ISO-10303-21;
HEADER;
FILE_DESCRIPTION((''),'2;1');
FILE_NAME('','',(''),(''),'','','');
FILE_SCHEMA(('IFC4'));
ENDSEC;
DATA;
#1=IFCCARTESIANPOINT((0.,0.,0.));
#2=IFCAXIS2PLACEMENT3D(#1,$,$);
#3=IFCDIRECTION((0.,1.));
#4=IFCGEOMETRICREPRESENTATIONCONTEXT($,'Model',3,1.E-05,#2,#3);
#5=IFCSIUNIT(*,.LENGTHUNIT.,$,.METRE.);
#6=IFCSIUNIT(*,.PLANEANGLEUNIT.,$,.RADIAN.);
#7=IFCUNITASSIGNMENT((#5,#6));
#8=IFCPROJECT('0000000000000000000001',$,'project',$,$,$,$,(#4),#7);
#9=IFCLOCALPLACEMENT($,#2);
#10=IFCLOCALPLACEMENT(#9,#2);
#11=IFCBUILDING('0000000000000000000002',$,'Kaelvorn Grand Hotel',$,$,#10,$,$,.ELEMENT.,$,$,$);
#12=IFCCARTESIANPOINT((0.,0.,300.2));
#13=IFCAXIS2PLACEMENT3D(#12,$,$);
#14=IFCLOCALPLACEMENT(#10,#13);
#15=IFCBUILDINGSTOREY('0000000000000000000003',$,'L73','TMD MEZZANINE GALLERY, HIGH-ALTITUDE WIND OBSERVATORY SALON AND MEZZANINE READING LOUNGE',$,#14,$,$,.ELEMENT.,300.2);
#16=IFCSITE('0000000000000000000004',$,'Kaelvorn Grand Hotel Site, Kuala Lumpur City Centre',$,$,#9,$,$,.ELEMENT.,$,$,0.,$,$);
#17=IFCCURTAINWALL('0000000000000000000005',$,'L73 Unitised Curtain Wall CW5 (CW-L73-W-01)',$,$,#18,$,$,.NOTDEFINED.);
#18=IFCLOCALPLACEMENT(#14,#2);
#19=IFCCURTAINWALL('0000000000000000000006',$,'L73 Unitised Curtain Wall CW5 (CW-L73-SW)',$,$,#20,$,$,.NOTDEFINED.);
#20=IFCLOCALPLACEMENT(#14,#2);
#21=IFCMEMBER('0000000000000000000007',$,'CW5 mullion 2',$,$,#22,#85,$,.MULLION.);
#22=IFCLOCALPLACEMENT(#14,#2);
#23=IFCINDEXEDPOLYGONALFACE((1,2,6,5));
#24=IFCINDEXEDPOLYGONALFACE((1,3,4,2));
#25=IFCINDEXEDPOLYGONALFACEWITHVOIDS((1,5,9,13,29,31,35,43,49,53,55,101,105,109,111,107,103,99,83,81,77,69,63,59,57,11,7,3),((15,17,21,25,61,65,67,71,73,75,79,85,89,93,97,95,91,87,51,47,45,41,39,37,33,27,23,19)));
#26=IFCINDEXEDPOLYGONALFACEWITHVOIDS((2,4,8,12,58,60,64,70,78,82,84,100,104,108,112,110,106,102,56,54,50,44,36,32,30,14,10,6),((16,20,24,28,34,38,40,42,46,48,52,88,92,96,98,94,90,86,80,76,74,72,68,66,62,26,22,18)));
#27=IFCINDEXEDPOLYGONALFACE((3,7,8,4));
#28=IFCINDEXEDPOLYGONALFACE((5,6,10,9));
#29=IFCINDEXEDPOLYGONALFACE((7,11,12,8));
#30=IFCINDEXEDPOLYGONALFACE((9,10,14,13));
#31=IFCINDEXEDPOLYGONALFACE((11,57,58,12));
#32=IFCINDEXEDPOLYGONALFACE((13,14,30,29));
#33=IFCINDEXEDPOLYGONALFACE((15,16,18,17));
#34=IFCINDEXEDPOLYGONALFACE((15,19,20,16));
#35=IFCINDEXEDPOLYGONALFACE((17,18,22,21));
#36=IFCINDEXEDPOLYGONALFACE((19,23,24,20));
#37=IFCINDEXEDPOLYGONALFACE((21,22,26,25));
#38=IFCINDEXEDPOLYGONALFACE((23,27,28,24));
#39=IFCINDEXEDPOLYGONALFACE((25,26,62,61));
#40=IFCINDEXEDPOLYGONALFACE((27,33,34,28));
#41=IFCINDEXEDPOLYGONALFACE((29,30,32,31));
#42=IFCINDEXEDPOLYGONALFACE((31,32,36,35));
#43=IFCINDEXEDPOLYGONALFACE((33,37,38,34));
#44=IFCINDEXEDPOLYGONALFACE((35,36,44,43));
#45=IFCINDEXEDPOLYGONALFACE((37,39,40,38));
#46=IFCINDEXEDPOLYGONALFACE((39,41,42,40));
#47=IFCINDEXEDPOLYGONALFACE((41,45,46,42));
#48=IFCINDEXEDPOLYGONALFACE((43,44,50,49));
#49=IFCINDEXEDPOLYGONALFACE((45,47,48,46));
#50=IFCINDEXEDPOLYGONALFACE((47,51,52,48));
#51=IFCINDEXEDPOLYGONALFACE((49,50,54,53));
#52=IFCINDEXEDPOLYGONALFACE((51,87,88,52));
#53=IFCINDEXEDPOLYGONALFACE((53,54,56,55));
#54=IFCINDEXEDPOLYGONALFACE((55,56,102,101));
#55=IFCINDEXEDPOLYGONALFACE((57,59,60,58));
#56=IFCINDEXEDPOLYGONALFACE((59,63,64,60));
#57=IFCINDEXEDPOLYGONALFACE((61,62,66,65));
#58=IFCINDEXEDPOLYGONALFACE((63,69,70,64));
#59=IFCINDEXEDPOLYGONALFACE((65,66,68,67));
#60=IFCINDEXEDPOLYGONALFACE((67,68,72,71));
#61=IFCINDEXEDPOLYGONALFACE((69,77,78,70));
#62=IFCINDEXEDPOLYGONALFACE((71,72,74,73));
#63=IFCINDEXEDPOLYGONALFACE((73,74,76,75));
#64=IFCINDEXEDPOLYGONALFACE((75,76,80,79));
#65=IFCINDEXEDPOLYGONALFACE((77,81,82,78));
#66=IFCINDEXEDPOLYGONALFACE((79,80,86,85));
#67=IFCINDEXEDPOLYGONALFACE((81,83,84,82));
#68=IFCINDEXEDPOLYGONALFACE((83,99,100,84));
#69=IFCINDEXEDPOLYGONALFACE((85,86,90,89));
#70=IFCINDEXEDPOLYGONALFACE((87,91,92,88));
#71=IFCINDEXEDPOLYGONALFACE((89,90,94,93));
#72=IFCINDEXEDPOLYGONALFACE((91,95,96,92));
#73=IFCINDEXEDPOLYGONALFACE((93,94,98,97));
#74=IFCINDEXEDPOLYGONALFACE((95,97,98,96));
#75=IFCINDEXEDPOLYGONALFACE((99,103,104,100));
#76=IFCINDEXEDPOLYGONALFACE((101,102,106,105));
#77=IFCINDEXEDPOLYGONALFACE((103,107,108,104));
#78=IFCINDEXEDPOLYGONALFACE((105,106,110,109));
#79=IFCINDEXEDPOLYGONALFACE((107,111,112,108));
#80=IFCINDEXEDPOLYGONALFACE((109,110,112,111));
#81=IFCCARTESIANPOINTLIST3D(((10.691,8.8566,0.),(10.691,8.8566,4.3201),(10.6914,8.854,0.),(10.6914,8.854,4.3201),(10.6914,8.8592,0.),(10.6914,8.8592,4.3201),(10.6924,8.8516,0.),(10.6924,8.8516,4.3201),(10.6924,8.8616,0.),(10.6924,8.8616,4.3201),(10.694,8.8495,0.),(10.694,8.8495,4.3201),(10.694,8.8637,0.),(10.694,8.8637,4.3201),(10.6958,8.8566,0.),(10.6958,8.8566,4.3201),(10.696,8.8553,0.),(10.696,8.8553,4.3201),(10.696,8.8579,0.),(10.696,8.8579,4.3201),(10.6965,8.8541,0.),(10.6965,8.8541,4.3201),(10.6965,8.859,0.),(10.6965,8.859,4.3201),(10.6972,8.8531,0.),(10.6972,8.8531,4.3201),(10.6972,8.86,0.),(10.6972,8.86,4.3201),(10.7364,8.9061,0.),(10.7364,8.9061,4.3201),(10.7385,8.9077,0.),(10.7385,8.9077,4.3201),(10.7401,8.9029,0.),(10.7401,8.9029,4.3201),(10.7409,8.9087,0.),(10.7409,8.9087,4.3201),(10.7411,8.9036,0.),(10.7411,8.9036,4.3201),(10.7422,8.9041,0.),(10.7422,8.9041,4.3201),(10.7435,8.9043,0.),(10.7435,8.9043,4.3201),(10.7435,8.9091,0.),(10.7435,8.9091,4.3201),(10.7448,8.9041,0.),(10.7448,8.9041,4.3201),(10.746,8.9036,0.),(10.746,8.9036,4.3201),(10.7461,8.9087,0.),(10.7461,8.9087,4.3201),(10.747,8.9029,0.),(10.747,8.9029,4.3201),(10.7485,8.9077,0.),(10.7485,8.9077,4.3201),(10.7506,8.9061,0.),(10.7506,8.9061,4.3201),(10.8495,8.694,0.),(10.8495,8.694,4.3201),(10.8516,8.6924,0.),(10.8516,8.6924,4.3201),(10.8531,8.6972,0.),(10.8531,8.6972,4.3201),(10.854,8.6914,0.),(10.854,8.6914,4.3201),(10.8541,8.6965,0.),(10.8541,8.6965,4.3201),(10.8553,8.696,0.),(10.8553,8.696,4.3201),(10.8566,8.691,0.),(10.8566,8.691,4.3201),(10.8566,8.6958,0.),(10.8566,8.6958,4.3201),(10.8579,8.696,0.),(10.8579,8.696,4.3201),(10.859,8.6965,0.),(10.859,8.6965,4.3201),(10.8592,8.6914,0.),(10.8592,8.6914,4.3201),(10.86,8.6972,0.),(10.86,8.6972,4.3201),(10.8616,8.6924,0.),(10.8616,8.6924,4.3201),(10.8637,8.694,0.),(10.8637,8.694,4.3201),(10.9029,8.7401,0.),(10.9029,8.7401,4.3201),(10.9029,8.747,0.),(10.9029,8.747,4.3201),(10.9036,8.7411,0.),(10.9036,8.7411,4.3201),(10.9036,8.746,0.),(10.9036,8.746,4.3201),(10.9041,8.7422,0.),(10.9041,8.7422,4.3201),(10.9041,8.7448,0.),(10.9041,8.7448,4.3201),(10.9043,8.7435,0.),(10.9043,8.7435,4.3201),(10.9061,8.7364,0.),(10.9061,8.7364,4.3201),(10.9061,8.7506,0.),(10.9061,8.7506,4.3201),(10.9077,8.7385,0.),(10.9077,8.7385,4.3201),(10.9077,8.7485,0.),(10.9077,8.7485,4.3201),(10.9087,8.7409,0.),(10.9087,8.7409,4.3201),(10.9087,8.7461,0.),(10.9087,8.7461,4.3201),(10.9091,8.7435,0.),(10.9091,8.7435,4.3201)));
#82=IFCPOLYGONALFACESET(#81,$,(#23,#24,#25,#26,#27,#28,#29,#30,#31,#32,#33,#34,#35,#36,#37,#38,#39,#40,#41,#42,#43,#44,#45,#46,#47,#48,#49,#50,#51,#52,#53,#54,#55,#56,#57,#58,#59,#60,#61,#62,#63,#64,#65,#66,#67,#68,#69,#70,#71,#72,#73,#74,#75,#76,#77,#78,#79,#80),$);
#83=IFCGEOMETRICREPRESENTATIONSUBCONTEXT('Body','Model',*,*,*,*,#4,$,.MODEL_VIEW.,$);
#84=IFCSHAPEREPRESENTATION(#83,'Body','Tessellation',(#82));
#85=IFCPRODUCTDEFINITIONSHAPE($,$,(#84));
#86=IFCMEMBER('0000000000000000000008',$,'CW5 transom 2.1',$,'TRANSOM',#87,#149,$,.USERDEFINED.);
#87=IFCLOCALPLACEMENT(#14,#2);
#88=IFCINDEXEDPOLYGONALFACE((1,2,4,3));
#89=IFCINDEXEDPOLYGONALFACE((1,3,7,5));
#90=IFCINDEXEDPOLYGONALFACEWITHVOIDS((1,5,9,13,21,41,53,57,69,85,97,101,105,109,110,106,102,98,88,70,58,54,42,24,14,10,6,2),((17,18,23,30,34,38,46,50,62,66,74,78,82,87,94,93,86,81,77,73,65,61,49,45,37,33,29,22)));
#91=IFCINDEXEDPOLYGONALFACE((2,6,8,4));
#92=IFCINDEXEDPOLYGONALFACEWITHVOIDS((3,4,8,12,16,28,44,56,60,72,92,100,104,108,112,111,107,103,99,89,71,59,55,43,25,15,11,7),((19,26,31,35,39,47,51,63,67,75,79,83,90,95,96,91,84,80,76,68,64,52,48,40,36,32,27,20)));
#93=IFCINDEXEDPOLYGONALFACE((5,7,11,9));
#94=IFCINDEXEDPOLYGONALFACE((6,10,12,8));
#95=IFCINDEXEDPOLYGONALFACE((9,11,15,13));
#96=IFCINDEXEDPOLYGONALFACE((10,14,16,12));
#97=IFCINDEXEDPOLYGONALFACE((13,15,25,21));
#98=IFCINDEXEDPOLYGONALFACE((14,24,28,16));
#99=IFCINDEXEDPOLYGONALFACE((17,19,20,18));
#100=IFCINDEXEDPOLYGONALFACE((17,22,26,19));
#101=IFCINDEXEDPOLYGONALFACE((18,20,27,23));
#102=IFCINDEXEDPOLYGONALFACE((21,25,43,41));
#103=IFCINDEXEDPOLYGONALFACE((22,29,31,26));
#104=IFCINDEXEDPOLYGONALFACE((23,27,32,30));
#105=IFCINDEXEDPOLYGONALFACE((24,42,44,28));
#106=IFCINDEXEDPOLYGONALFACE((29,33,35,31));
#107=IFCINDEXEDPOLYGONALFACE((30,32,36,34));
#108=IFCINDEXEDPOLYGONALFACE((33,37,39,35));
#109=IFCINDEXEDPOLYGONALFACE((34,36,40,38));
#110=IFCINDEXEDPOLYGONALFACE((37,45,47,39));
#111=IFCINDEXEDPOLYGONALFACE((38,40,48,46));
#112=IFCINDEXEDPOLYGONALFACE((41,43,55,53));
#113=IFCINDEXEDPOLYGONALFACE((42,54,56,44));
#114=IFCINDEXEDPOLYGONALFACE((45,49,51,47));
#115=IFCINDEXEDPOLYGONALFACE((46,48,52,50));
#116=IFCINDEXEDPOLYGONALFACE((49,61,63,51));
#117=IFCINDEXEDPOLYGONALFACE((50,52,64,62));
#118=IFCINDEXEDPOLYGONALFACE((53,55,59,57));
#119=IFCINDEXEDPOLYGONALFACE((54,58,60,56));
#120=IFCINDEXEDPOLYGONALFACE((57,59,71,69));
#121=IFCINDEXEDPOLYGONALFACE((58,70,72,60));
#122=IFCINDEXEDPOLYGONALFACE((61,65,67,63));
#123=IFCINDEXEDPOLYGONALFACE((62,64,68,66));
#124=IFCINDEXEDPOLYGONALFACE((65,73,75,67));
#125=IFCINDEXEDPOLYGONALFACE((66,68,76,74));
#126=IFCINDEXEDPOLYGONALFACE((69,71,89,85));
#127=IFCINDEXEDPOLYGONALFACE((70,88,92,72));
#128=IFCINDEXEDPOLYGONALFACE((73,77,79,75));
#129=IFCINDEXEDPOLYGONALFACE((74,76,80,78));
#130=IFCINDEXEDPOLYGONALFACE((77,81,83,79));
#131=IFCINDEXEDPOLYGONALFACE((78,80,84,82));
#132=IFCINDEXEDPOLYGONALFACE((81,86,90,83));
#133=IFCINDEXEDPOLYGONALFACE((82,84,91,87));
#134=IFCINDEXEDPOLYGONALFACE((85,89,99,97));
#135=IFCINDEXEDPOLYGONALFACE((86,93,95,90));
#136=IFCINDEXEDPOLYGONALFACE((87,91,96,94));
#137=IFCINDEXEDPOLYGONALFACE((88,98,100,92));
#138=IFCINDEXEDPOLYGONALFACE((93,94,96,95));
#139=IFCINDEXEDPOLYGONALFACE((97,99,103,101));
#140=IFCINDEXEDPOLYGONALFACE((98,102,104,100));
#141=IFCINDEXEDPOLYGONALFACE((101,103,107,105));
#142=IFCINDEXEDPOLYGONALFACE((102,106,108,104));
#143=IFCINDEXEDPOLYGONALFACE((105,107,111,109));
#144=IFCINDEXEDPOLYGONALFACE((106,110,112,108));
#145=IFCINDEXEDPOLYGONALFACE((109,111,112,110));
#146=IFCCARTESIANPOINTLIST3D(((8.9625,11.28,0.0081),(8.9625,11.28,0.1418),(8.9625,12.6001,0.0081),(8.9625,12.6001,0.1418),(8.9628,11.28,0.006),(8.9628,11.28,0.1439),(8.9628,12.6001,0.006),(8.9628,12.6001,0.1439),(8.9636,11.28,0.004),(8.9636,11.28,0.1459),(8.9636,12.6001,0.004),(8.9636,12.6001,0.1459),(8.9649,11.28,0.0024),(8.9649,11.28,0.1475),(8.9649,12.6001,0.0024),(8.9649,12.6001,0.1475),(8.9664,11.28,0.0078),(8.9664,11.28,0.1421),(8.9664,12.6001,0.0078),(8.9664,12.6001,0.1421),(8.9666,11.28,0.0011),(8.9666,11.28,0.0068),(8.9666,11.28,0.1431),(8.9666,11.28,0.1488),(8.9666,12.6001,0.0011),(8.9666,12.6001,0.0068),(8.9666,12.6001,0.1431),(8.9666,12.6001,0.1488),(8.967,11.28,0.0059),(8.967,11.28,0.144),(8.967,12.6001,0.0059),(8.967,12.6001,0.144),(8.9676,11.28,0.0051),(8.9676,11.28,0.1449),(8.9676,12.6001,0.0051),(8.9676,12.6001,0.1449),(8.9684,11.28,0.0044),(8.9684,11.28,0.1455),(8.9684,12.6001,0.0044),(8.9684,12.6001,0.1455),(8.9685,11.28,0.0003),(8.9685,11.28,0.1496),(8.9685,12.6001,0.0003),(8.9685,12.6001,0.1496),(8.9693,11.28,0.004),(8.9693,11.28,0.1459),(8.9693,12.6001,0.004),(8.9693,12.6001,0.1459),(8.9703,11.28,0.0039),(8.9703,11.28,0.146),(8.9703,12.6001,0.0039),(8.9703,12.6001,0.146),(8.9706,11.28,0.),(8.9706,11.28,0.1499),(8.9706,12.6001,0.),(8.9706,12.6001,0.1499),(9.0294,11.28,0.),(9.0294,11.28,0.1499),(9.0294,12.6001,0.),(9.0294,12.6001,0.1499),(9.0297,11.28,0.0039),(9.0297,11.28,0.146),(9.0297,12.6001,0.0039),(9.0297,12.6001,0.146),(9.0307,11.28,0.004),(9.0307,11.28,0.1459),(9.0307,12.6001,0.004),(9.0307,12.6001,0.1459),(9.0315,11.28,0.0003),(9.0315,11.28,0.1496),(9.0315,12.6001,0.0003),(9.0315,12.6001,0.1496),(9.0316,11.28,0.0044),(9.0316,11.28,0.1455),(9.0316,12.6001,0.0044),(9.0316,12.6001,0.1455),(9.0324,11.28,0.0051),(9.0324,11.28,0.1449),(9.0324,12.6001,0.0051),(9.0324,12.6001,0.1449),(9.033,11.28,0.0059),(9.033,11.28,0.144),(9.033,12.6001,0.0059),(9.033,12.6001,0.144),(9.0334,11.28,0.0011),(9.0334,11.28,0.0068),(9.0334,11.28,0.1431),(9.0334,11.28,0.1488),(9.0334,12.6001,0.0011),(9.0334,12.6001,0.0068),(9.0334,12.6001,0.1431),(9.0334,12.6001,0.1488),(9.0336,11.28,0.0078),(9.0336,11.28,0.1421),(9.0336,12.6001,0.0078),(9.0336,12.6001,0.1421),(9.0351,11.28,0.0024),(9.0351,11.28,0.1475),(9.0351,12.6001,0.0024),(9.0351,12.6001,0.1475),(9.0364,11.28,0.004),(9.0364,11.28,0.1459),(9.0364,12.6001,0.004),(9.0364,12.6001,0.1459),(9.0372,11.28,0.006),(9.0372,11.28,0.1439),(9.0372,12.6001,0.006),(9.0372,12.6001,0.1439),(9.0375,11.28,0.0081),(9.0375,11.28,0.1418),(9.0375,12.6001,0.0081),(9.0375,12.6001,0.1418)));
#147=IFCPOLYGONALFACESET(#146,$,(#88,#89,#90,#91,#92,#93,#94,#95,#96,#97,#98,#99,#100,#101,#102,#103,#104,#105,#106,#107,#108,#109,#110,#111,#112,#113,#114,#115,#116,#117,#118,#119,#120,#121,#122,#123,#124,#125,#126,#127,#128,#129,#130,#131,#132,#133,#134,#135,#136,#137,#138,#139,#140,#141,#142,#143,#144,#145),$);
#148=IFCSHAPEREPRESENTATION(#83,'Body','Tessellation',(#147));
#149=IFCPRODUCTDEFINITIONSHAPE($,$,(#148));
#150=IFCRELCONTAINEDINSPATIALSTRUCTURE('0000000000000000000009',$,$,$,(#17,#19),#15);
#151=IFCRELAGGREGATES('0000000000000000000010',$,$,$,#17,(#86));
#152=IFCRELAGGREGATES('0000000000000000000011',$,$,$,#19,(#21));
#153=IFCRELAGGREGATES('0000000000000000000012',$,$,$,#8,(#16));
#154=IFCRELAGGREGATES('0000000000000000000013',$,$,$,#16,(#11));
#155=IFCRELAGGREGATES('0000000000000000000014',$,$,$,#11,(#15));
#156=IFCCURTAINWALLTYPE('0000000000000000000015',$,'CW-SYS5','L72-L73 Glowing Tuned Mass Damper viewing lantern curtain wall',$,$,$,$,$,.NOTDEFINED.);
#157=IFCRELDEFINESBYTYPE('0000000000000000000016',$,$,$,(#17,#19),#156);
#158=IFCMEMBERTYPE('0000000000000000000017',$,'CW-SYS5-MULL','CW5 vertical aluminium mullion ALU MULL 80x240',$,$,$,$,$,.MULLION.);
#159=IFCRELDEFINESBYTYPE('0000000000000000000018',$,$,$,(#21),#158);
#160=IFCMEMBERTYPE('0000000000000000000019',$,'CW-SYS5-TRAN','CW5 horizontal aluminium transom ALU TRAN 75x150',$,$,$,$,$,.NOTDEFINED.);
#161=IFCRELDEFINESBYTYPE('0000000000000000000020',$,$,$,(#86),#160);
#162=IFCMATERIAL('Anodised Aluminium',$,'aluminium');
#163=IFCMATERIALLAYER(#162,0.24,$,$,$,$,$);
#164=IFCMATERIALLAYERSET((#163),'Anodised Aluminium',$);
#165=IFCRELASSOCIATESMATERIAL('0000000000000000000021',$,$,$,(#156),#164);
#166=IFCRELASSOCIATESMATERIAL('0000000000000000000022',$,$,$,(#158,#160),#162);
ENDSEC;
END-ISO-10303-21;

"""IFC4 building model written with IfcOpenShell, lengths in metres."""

from ifc_helpers import new_model, si_unit, direction, frame, origin, origin_2d, place, context, subcontext, project, spatial, hollow_rectangle, extrude, material, layer, layer_set, material_profile, profile_set, type_object, element, aggregate, save


model = new_model("IFC4")

# Units and contexts
model_context = context("Model", 3, precision=1e-05, world=origin(), true_north=direction((0.0, 1.0)))
body_context = subcontext(model_context, "Body", "Model", "MODEL_VIEW")
ifc_project = project(units=[si_unit("LENGTHUNIT", "METRE"), si_unit("PLANEANGLEUNIT", "RADIAN")], contexts=[model_context])

# Site, building, storey
site_placement = place(None, origin())
site = spatial("IfcSite", under=ifc_project, at=site_placement, Name="Kaelvorn Grand Hotel Site, Kuala Lumpur City Centre", CompositionType="ELEMENT", RefElevation=0.0)
building_placement = place(site_placement, origin())
building = spatial("IfcBuilding", under=site, at=building_placement, Name="Kaelvorn Grand Hotel", CompositionType="ELEMENT")
storey_placement = place(building_placement, frame((0.0, 0.0, 300.2)))
storey = spatial("IfcBuildingStorey", under=building, at=storey_placement, Name="L73", Description="TMD MEZZANINE GALLERY, HIGH-ALTITUDE WIND OBSERVATORY SALON AND MEZZANINE READING LOUNGE", CompositionType="ELEMENT", Elevation=300.2)

# Curtain wall
ifc_material_1 = material(Name="Anodised Aluminium", Category="aluminium")
ifc_layer_1 = layer(ifc_material_1, 0.24)
ifc_layer_set_1 = layer_set([ifc_layer_1], Name="Anodised Aluminium")
curtain_wall_type = type_object("IfcCurtainWallType", Name="CW-SYS5", Description="L72-L73 Glowing Tuned Mass Damper viewing lantern curtain wall", PredefinedType="NOTDEFINED", material=ifc_layer_set_1)
curtain_wall_1_placement = place(storey_placement, origin())
curtain_wall_1 = element("IfcCurtainWall", 1, at=curtain_wall_1_placement, inside=storey, type_object=curtain_wall_type, Name="L73 Unitised Curtain Wall CW5 (CW-L73-W-01)", PredefinedType="NOTDEFINED")
ifc_material_profile_1 = material_profile(ifc_material_1, hollow_rectangle(XDim=0.0801, YDim=0.24, WallThickness=0.0049, InnerFilletRadius=0.0049, OuterFilletRadius=0.01, at=origin_2d()), Name="ALU MULL 80x240")
ifc_profile_set_1 = profile_set([ifc_material_profile_1], Name="Anodised Aluminium")
member_type_1 = type_object("IfcMemberType", Name="CW-SYS5-MULL", Description="CW5 vertical aluminium mullion ALU MULL 80x240", PredefinedType="MULLION", material=ifc_profile_set_1)

# Curtain wall, member
curtain_wall_2_placement = place(storey_placement, origin())
curtain_wall_2 = element("IfcCurtainWall", 2, at=curtain_wall_2_placement, inside=storey, type_object=curtain_wall_type, Name="L73 Unitised Curtain Wall CW5 (CW-L73-SW)", PredefinedType="NOTDEFINED")
member_1_placement = place(storey_placement, frame((10.8, 8.8, 0.0), z_axis=(0.0, 0.0, 1.0), x_axis=(0.707107, 0.707107, 0.0)))
member_1 = element("IfcMember", 3, at=member_1_placement, type_object=member_type_1, Name="CW5 mullion 2", PredefinedType="MULLION", context=body_context, shape_type="SweptSolid", body=[
    extrude(hollow_rectangle(XDim=0.0801, YDim=0.24, WallThickness=0.0049, InnerFilletRadius=0.0049, OuterFilletRadius=0.01, at=origin_2d()), origin(), (0.0, 0.0, 1.0), 4.3201),
])

# Member
ifc_material_profile_2 = material_profile(ifc_material_1, hollow_rectangle(XDim=0.075, YDim=0.1499, WallThickness=0.0039, InnerFilletRadius=0.0039, OuterFilletRadius=0.0081, at=origin_2d()), Name="ALU TRAN 75x150")
ifc_profile_set_2 = profile_set([ifc_material_profile_2], Name="Anodised Aluminium")
member_type_2 = type_object("IfcMemberType", Name="CW-SYS5-TRAN", Description="CW5 horizontal aluminium transom ALU TRAN 75x150", PredefinedType="NOTDEFINED", material=ifc_profile_set_2)
member_2_placement = place(storey_placement, frame((9.0, 12.6001, 0.075), z_axis=(0.0, -1.0, 0.0), x_axis=(1.0, 0.0, 0.0)))
member_2 = element("IfcMember", 4, at=member_2_placement, type_object=member_type_2, Name="CW5 transom 2.1", ObjectType="TRANSOM", PredefinedType="USERDEFINED", context=body_context, shape_type="SweptSolid", body=[
    extrude(hollow_rectangle(XDim=0.075, YDim=0.1499, WallThickness=0.0039, InnerFilletRadius=0.0039, OuterFilletRadius=0.0081, at=origin_2d()), origin(), (0.0, 0.0, 1.0), 1.3201),
])

aggregate(curtain_wall_1, [member_2])
aggregate(curtain_wall_2, [member_1])

save(model, "model.ifc")
